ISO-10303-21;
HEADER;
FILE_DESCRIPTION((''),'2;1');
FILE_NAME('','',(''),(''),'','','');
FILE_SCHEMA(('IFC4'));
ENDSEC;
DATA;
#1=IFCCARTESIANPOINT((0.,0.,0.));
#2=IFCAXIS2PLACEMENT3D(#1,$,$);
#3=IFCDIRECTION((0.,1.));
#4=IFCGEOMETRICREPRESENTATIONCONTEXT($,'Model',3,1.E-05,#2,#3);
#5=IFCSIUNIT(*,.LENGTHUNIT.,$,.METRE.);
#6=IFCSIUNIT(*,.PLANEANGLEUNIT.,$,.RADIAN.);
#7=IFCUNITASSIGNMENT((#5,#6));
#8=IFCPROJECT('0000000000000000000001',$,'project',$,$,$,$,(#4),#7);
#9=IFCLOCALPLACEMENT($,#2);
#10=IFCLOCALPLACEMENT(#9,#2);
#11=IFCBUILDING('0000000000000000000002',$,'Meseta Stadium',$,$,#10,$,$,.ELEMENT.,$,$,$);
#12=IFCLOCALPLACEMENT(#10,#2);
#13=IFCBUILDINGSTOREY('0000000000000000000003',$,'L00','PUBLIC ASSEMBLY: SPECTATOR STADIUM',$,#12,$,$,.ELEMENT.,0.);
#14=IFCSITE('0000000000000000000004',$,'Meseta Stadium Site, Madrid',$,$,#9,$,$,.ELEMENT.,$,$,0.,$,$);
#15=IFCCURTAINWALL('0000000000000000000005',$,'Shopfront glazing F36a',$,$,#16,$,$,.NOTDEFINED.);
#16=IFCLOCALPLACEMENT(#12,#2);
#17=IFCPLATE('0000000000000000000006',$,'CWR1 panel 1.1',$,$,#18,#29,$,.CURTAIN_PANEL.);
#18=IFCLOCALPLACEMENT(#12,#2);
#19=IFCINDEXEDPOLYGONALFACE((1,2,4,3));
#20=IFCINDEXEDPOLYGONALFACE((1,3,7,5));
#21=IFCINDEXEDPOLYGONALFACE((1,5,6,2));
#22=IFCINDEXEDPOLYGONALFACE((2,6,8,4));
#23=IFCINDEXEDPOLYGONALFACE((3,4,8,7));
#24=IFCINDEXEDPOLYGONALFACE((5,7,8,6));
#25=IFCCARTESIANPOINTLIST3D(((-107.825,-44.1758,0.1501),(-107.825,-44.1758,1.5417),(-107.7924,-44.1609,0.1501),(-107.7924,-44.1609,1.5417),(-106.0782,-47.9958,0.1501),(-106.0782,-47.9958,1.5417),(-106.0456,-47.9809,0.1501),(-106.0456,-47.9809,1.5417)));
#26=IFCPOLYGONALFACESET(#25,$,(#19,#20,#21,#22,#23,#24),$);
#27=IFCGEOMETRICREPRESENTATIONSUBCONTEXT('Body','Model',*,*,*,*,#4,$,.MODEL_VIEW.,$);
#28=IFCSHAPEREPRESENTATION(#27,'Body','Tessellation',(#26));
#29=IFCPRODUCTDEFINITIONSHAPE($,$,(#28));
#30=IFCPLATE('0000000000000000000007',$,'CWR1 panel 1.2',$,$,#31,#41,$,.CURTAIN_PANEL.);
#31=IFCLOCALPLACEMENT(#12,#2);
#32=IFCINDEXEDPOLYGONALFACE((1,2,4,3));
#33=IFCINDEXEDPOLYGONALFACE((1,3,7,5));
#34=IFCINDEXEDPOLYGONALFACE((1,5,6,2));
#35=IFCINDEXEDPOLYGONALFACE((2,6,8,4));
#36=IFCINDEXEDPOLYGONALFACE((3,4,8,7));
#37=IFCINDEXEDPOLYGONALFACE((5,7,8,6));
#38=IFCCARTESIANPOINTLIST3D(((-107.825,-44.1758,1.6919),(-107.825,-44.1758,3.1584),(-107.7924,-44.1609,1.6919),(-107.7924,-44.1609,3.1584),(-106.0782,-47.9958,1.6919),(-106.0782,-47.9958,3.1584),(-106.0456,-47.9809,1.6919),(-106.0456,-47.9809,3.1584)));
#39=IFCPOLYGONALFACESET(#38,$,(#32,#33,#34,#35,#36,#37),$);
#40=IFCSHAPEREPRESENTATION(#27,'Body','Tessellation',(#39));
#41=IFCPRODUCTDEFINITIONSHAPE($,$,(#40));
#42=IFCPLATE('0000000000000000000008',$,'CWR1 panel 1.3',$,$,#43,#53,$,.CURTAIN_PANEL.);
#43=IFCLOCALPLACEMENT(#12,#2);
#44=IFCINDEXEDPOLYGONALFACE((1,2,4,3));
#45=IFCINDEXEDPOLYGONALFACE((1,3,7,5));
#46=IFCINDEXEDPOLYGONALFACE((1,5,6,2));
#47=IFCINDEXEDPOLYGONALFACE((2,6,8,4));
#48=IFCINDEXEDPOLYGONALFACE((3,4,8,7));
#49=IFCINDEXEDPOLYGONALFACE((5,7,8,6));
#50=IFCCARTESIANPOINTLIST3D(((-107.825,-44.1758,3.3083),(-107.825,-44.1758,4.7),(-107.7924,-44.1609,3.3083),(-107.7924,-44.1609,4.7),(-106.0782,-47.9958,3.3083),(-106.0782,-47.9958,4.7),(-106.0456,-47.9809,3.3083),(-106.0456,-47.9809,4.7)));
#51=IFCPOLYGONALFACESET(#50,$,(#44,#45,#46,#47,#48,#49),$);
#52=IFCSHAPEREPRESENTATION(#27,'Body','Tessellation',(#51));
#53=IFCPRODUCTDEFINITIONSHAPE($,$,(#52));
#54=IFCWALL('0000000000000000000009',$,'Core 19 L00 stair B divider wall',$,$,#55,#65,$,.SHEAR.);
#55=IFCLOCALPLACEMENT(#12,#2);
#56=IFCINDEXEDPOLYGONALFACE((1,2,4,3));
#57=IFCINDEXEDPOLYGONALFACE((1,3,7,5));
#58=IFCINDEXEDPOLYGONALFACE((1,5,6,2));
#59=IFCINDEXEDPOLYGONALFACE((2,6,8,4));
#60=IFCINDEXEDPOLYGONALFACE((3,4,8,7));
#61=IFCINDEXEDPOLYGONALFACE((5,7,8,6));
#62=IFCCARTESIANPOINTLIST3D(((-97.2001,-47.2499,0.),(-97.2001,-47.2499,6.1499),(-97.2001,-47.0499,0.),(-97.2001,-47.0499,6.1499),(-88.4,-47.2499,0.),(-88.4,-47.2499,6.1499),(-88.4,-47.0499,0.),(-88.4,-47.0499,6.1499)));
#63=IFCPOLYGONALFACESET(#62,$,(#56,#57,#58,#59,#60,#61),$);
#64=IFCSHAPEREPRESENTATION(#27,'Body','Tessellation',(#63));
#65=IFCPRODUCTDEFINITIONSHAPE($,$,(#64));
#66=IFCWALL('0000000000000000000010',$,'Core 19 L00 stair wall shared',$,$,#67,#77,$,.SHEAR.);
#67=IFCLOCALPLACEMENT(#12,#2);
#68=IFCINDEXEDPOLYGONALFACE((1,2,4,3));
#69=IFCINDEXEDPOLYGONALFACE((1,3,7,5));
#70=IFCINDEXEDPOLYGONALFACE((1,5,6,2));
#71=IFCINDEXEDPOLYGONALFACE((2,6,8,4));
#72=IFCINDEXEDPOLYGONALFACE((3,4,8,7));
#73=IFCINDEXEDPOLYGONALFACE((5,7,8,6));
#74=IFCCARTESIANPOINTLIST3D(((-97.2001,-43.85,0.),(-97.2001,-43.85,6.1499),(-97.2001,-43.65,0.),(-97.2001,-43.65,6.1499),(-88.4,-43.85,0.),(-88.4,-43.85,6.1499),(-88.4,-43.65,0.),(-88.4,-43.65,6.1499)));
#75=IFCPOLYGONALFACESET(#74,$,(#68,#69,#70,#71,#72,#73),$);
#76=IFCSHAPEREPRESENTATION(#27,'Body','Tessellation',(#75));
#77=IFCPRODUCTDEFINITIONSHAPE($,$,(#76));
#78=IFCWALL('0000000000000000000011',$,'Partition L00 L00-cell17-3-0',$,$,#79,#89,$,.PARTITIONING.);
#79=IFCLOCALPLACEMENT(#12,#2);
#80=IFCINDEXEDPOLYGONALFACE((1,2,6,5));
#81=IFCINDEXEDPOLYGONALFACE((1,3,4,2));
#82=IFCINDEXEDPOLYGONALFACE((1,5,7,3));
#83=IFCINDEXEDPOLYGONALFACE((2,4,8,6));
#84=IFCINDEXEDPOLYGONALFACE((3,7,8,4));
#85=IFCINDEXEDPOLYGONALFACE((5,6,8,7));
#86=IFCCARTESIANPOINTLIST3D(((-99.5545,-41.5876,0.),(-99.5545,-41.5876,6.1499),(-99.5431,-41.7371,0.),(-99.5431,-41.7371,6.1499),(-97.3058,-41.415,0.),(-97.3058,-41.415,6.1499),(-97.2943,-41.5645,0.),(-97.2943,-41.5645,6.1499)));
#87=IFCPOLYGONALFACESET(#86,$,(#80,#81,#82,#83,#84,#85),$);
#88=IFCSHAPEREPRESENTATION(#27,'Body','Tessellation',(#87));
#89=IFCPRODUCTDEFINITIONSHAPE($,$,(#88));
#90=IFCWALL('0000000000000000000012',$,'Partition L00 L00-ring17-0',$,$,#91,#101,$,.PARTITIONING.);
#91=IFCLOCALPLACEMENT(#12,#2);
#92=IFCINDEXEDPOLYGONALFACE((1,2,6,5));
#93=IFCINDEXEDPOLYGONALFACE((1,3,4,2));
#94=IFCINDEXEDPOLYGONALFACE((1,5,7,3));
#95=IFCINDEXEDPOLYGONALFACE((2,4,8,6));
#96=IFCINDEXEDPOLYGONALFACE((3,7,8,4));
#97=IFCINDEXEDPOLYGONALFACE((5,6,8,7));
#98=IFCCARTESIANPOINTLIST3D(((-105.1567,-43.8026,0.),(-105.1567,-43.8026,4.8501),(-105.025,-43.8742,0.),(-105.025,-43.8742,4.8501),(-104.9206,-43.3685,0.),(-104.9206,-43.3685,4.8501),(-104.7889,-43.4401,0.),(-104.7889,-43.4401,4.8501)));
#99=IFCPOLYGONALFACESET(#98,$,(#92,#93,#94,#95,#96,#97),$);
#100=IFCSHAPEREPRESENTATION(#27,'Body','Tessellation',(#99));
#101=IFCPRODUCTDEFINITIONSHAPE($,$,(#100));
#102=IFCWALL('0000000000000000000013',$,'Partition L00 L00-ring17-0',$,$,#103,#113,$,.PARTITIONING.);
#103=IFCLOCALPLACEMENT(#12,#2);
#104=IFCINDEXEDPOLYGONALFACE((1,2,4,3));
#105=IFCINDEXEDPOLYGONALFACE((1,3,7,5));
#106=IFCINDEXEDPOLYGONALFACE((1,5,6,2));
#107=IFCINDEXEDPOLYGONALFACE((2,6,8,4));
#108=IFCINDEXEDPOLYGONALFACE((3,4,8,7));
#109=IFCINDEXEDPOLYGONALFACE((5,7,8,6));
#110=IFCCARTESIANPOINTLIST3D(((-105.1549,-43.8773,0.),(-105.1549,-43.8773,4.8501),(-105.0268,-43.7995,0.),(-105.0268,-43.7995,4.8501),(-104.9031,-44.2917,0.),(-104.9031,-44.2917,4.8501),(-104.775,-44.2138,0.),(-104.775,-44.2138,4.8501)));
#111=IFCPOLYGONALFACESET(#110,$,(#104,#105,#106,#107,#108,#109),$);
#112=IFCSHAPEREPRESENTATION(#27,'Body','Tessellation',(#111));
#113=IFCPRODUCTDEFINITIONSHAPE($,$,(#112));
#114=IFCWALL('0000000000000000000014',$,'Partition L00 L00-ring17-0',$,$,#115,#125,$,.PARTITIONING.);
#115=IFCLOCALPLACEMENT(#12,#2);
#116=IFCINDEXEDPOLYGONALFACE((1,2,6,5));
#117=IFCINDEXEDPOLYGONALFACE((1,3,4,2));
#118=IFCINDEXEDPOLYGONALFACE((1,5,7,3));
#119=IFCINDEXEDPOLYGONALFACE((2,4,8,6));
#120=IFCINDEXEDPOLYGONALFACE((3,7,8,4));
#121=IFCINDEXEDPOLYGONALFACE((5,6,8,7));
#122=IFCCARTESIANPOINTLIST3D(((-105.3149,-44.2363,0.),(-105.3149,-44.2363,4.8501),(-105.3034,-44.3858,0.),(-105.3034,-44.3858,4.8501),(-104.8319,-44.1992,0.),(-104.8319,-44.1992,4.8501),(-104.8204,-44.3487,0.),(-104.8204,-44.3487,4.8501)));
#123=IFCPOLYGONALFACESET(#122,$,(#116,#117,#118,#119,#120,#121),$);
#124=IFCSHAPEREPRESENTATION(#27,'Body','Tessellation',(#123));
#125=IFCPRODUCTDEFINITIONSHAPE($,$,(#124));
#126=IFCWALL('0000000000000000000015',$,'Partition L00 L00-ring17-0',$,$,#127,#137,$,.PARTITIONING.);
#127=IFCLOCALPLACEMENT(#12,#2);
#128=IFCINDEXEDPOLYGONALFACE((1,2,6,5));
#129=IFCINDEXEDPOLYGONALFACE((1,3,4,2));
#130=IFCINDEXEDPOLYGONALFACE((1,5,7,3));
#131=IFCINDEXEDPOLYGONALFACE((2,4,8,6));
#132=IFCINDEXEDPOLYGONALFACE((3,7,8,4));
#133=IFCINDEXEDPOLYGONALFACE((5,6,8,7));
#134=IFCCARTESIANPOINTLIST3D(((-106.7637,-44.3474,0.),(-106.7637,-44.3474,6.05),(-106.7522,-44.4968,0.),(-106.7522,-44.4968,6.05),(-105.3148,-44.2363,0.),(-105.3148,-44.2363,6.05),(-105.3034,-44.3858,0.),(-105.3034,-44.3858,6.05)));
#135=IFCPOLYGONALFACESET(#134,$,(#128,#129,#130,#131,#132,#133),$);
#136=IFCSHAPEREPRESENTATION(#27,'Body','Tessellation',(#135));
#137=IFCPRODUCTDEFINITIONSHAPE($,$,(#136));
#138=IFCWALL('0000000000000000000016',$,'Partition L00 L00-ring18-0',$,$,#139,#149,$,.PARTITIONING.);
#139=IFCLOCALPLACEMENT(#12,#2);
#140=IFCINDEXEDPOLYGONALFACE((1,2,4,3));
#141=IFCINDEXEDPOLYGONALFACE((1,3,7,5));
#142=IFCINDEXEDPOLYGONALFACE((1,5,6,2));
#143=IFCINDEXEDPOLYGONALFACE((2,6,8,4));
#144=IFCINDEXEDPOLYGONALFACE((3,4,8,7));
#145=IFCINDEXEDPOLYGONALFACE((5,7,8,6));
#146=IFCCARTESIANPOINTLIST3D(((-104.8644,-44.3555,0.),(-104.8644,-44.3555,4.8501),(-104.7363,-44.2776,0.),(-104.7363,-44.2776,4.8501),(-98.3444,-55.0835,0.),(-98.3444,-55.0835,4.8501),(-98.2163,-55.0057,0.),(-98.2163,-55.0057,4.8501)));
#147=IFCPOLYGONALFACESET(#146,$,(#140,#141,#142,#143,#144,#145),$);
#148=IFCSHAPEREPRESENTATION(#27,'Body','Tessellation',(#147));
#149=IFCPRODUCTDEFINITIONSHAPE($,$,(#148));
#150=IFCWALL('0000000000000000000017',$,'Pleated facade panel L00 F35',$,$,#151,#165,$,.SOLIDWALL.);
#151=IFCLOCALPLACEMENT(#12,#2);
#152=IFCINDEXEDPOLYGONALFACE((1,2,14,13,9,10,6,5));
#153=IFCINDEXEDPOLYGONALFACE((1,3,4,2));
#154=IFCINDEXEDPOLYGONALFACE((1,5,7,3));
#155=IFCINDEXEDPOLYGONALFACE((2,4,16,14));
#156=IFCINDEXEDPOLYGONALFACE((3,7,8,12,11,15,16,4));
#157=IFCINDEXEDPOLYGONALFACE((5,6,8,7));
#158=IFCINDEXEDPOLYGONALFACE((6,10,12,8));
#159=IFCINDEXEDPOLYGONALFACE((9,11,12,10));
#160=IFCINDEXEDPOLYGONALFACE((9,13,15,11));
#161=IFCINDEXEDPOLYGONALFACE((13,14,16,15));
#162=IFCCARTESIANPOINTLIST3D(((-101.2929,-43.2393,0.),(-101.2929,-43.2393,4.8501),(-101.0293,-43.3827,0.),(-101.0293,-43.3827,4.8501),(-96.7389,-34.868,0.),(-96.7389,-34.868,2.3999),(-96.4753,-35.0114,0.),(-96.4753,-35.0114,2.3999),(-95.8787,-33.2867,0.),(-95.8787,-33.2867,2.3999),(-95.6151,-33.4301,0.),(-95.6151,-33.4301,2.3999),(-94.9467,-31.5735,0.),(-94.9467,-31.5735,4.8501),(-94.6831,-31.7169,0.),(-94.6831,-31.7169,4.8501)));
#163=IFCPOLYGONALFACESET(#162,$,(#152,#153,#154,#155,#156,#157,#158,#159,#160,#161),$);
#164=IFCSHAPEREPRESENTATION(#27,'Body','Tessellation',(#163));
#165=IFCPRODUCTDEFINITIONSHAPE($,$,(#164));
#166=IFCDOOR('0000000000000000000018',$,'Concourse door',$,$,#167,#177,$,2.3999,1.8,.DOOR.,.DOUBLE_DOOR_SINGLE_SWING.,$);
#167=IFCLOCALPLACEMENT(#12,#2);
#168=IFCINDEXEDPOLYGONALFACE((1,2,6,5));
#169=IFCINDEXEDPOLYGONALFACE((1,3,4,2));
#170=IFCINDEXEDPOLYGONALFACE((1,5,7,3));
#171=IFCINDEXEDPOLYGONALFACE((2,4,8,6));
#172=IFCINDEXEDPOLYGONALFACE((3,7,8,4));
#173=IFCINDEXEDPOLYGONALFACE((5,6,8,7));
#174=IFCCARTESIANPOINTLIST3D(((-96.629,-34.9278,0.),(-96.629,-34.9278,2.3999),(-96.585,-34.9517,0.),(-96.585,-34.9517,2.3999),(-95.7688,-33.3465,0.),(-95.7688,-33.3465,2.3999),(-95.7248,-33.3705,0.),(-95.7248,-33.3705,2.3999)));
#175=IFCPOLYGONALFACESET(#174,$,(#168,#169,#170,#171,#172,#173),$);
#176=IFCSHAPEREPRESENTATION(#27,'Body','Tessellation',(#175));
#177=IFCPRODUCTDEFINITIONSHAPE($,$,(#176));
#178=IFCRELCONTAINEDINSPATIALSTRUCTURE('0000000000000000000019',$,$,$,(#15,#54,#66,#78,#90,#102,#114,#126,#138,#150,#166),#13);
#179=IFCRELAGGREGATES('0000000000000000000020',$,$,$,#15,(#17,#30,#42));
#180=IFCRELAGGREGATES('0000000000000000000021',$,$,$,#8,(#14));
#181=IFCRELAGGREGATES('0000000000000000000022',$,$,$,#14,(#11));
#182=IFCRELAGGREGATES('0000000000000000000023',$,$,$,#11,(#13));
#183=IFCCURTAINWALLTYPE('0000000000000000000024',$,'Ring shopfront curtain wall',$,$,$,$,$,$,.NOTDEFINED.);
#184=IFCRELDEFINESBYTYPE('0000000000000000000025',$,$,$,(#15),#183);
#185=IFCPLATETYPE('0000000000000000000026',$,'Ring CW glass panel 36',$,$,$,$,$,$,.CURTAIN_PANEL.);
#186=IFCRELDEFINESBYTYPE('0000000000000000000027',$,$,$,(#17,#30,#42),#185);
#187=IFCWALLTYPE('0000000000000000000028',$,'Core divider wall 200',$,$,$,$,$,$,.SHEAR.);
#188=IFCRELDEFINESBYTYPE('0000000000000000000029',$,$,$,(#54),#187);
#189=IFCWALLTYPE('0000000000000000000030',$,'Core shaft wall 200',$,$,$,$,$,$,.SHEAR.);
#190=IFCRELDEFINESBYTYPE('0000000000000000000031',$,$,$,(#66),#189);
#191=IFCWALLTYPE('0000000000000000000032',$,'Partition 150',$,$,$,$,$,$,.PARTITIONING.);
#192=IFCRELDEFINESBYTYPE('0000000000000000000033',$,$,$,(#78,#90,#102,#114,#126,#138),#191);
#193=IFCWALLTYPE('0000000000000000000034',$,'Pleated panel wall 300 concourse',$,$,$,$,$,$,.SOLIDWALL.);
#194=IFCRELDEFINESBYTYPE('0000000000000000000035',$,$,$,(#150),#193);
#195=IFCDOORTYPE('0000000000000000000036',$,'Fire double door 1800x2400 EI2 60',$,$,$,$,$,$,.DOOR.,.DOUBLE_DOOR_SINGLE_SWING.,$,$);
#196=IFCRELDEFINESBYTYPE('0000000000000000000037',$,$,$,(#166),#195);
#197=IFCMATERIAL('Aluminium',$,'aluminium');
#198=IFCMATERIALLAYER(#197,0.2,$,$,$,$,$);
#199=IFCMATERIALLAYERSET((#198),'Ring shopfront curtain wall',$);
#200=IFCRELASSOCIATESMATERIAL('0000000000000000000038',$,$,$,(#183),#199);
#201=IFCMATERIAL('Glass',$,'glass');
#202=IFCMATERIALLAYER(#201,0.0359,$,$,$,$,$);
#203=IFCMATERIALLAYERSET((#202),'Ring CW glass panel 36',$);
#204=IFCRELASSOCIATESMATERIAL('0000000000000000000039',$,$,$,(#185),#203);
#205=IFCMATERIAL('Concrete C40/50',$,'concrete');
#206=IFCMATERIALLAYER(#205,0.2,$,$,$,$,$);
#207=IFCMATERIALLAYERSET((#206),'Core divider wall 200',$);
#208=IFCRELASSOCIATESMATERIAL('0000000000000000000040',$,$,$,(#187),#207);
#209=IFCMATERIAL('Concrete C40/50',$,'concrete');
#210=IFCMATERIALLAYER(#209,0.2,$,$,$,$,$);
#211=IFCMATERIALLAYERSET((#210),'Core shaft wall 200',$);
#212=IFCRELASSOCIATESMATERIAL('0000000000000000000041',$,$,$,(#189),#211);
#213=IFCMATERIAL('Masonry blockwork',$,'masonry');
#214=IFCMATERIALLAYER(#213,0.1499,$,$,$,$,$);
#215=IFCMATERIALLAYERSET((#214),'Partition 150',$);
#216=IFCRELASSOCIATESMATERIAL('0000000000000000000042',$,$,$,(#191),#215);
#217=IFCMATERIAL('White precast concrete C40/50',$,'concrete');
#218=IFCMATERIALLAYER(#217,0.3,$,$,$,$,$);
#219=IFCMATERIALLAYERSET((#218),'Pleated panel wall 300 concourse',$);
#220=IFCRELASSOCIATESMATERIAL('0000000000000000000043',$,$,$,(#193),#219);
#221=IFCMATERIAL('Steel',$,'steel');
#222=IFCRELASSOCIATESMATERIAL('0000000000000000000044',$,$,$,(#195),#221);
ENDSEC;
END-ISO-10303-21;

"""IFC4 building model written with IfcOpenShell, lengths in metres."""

from ifc_helpers import new_model, si_unit, direction, frame, frame_2d, origin, origin_2d, place, context, subcontext, project, spatial, rectangle, extrude, material, layer, layer_set, type_object, element, fill, aggregate, save


model = new_model("IFC4")

# Units and contexts
model_context = context("Model", 3, precision=1e-05, world=origin(), true_north=direction((0.0, 1.0)))
body_context = subcontext(model_context, "Body", "Model", "MODEL_VIEW")
ifc_project = project(units=[si_unit("LENGTHUNIT", "METRE"), si_unit("PLANEANGLEUNIT", "RADIAN")], contexts=[model_context])

# Site, building, storey
site_placement = place(None, origin())
site = spatial("IfcSite", under=ifc_project, at=site_placement, Name="Meseta Stadium Site, Madrid", CompositionType="ELEMENT", RefElevation=0.0)
building_placement = place(site_placement, origin())
building = spatial("IfcBuilding", under=site, at=building_placement, Name="Meseta Stadium", CompositionType="ELEMENT")
storey_placement = place(building_placement, origin())
storey = spatial("IfcBuildingStorey", under=building, at=storey_placement, Name="L00", Description="PUBLIC ASSEMBLY: SPECTATOR STADIUM", CompositionType="ELEMENT", Elevation=0.0)

# Shared definitions
ifc_material_1 = material(Name="Aluminium", Category="aluminium")
ifc_layer_1 = layer(ifc_material_1, 0.2)
ifc_layer_set_1 = layer_set([ifc_layer_1], Name="Ring shopfront curtain wall")
curtain_wall_type = type_object("IfcCurtainWallType", Name="Ring shopfront curtain wall", PredefinedType="NOTDEFINED", material=ifc_layer_set_1)

# Curtain wall
curtain_wall_1_placement = place(storey_placement, origin())
curtain_wall_1 = element("IfcCurtainWall", 1, at=curtain_wall_1_placement, inside=storey, type_object=curtain_wall_type, Name="Shopfront glazing F36a", PredefinedType="NOTDEFINED")

# Plates
ifc_material_2 = material(Name="Glass", Category="glass")
ifc_layer_2 = layer(ifc_material_2, 0.0359)
ifc_layer_set_2 = layer_set([ifc_layer_2], Name="Ring CW glass panel 36")
plate_type = type_object("IfcPlateType", Name="Ring CW glass panel 36", PredefinedType="CURTAIN_PANEL", material=ifc_layer_set_2)
plate_1_placement = place(storey_placement, frame((-106.9353, -46.0784, 0.1501), z_axis=(0.0, 0.0, 1.0), x_axis=(0.415863, -0.909427, 0.0)))
plate_1 = element("IfcPlate", 2, at=plate_1_placement, type_object=plate_type, Name="CWR1 panel 1.1", PredefinedType="CURTAIN_PANEL", context=body_context, shape_type="SweptSolid", body=[
    extrude(rectangle(XDim=4.2004, YDim=0.0359, at=origin_2d()), origin(), (0.0, 0.0, 1.0), 1.3916),
])
plate_2_placement = place(storey_placement, frame((-106.9353, -46.0784, 1.6919), z_axis=(0.0, 0.0, 1.0), x_axis=(0.415863, -0.909427, 0.0)))
plate_2 = element("IfcPlate", 3, at=plate_2_placement, type_object=plate_type, Name="CWR1 panel 1.2", PredefinedType="CURTAIN_PANEL", context=body_context, shape_type="SweptSolid", body=[
    extrude(rectangle(XDim=4.2004, YDim=0.0359, at=origin_2d()), origin(), (0.0, 0.0, 1.0), 1.4666),
])
plate_3_placement = place(storey_placement, frame((-106.9353, -46.0784, 3.3083), z_axis=(0.0, 0.0, 1.0), x_axis=(0.415863, -0.909427, 0.0)))
plate_3 = element("IfcPlate", 4, at=plate_3_placement, type_object=plate_type, Name="CWR1 panel 1.3", PredefinedType="CURTAIN_PANEL", context=body_context, shape_type="SweptSolid", body=[
    extrude(rectangle(XDim=4.2004, YDim=0.0359, at=origin_2d()), origin(), (0.0, 0.0, 1.0), 1.3916),
])
aggregate(curtain_wall_1, [plate_1, plate_2, plate_3])

# Walls
ifc_material_3 = material(Name="Concrete C40/50", Category="concrete")
ifc_layer_3 = layer(ifc_material_3, 0.2)
ifc_layer_set_3 = layer_set([ifc_layer_3], Name="Core divider wall 200")
wall_type_1 = type_object("IfcWallType", Name="Core divider wall 200", PredefinedType="SHEAR", material=ifc_layer_set_3)
wall_1_placement = place(storey_placement, frame((-97.2, -47.1499, 0.0), z_axis=(0.0, 0.0, 1.0), x_axis=(1.0, 0.0, 0.0)))
element("IfcWall", 5, at=wall_1_placement, inside=storey, type_object=wall_type_1, Name="Core 19 L00 stair B divider wall", PredefinedType="SHEAR", context=body_context, shape_type="SweptSolid", body=[
    extrude(rectangle(XDim=8.8, YDim=0.2, at=frame_2d((4.3999, 0.0))), origin(), (0.0, 0.0, 1.0), 6.1499),
])
ifc_material_4 = material(Name="Concrete C40/50", Category="concrete")
ifc_layer_4 = layer(ifc_material_4, 0.2)
ifc_layer_set_4 = layer_set([ifc_layer_4], Name="Core shaft wall 200")
wall_type_2 = type_object("IfcWallType", Name="Core shaft wall 200", PredefinedType="SHEAR", material=ifc_layer_set_4)
wall_2_placement = place(storey_placement, frame((-97.2, -43.75, 0.0), z_axis=(0.0, 0.0, 1.0), x_axis=(1.0, 0.0, 0.0)))
element("IfcWall", 6, at=wall_2_placement, inside=storey, type_object=wall_type_2, Name="Core 19 L00 stair wall shared", PredefinedType="SHEAR", context=body_context, shape_type="SweptSolid", body=[
    extrude(rectangle(XDim=8.8, YDim=0.2, at=frame_2d((4.3999, 0.0))), origin(), (0.0, 0.0, 1.0), 6.1499),
])
ifc_material_5 = material(Name="Masonry blockwork", Category="masonry")
ifc_layer_5 = layer(ifc_material_5, 0.1499)
ifc_layer_set_5 = layer_set([ifc_layer_5], Name="Partition 150")
wall_type_3 = type_object("IfcWallType", Name="Partition 150", PredefinedType="PARTITIONING", material=ifc_layer_set_5)
wall_3_placement = place(storey_placement, frame((-97.3, -41.4897, 0.0), z_axis=(0.0, 0.0, 1.0), x_axis=(-0.997067, -0.076531, 0.0)))
element("IfcWall", 7, at=wall_3_placement, inside=storey, type_object=wall_type_3, Name="Partition L00 L00-cell17-3-0", PredefinedType="PARTITIONING", context=body_context, shape_type="SweptSolid", body=[
    extrude(rectangle(XDim=2.2554, YDim=0.1499, at=frame_2d((1.1277, 0.0))), origin(), (0.0, 0.0, 1.0), 6.1499),
])
wall_4_placement = place(storey_placement, frame((-104.8547, -43.4043, 0.0), z_axis=(0.0, 0.0, 1.0), x_axis=(-0.477779, -0.87848, 0.0)))
element("IfcWall", 8, at=wall_4_placement, inside=storey, type_object=wall_type_3, Name="Partition L00 L00-ring17-0", PredefinedType="PARTITIONING", context=body_context, shape_type="SweptSolid", body=[
    extrude(rectangle(XDim=0.4941, YDim=0.1499, at=frame_2d((0.2471, 0.0))), origin(), (0.0, 0.0, 1.0), 4.8501),
])
wall_5_placement = place(storey_placement, frame((-105.0908, -43.8384, 0.0), z_axis=(0.0, 0.0, 1.0), x_axis=(0.519228, -0.854636, 0.0)))
element("IfcWall", 9, at=wall_5_placement, inside=storey, type_object=wall_type_3, Name="Partition L00 L00-ring17-0", PredefinedType="PARTITIONING", context=body_context, shape_type="SweptSolid", body=[
    extrude(rectangle(XDim=0.4849, YDim=0.1499, at=frame_2d((0.2424, 0.0))), origin(), (0.0, 0.0, 1.0), 4.8501),
])
wall_6_placement = place(storey_placement, frame((-104.8262, -44.2739, 0.0), z_axis=(0.0, 0.0, 1.0), x_axis=(-0.99706, -0.076619, 0.0)))
element("IfcWall", 10, at=wall_6_placement, inside=storey, type_object=wall_type_3, Name="Partition L00 L00-ring17-0", PredefinedType="PARTITIONING", context=body_context, shape_type="SweptSolid", body=[
    extrude(rectangle(XDim=0.4844, YDim=0.1499, at=frame_2d((0.2422, 0.0))), origin(), (0.0, 0.0, 1.0), 4.8501),
])
wall_7_placement = place(storey_placement, frame((-105.3091, -44.311, 0.0), z_axis=(0.0, 0.0, 1.0), x_axis=(-0.997074, -0.07644, 0.0)))
element("IfcWall", 11, at=wall_7_placement, inside=storey, type_object=wall_type_3, Name="Partition L00 L00-ring17-0", PredefinedType="PARTITIONING", context=body_context, shape_type="SweptSolid", body=[
    extrude(rectangle(XDim=1.4531, YDim=0.1499, at=frame_2d((0.7266, 0.0))), origin(), (0.0, 0.0, 1.0), 6.05),
])
wall_8_placement = place(storey_placement, frame((-104.8003, -44.3167, 0.0), z_axis=(0.0, 0.0, 1.0), x_axis=(0.519361, -0.854555, 0.0)))
element("IfcWall", 12, at=wall_8_placement, inside=storey, type_object=wall_type_3, Name="Partition L00 L00-ring18-0", PredefinedType="PARTITIONING", context=body_context, shape_type="SweptSolid", body=[
    extrude(rectangle(XDim=12.554, YDim=0.1499, at=frame_2d((6.2769, 0.0))), origin(), (0.0, 0.0, 1.0), 4.8501),
])

# Wall, opening, door
ifc_material_6 = material(Name="White precast concrete C40/50", Category="concrete")
ifc_layer_6 = layer(ifc_material_6, 0.3)
ifc_layer_set_6 = layer_set([ifc_layer_6], Name="Pleated panel wall 300 concourse")
wall_type_4 = type_object("IfcWallType", Name="Pleated panel wall 300 concourse", PredefinedType="SOLIDWALL", material=ifc_layer_set_6)
wall_9_placement = place(storey_placement, frame((-101.1611, -43.311, 0.0), z_axis=(0.0, 0.0, 1.0), x_axis=(0.477868, 0.878432, 0.0)))
wall_9 = element("IfcWall", 13, at=wall_9_placement, inside=storey, type_object=wall_type_4, Name="Pleated facade panel L00 F35", PredefinedType="SOLIDWALL", context=body_context, shape_type="SweptSolid", body=[
    extrude(rectangle(XDim=13.2803, YDim=0.3, at=frame_2d((6.6401, 0.0))), origin(), (0.0, 0.0, 1.0), 4.8501),
])
opening_1_placement = place(wall_9_placement, frame((9.53, 0.0, 0.0)))
opening_1 = element("IfcOpeningElement", 14, at=opening_1_placement, cuts=wall_9, PredefinedType="OPENING", context=body_context, shape_type="SweptSolid", body=[
    extrude(rectangle(XDim=1.8, YDim=2.3999, at=frame_2d((0.8999, 1.2))), frame((0.0, 0.1599, 0.0), z_axis=(0.0, -1.0, 0.0), x_axis=(1.0, 0.0, 0.0)), (0.0, 0.0, 1.0), 0.3201),
])
ifc_material_7 = material(Name="Steel", Category="steel")
door_type_1 = type_object("IfcDoorType", Name="Fire double door 1800x2400 EI2 60", OperationType="DOUBLE_DOOR_SINGLE_SWING", PredefinedType="DOOR", material=ifc_material_7)
door_1_placement = place(opening_1_placement, origin())
door_1 = element("IfcDoor", 15, at=door_1_placement, inside=storey, type_object=door_type_1, Name="Concourse door", OperationType="DOUBLE_DOOR_SINGLE_SWING", OverallHeight=2.3999, OverallWidth=1.8, PredefinedType="DOOR", context=body_context, shape_type="SweptSolid", body=[
    extrude(rectangle(XDim=1.8, YDim=2.3999, at=frame_2d((0.8999, 1.2))), frame((0.0, 0.0249, 0.0), z_axis=(0.0, -1.0, 0.0), x_axis=(1.0, 0.0, 0.0)), (0.0, 0.0, 1.0), 0.05),
])
fill(opening_1, door_1)

save(model, "model.ifc")
